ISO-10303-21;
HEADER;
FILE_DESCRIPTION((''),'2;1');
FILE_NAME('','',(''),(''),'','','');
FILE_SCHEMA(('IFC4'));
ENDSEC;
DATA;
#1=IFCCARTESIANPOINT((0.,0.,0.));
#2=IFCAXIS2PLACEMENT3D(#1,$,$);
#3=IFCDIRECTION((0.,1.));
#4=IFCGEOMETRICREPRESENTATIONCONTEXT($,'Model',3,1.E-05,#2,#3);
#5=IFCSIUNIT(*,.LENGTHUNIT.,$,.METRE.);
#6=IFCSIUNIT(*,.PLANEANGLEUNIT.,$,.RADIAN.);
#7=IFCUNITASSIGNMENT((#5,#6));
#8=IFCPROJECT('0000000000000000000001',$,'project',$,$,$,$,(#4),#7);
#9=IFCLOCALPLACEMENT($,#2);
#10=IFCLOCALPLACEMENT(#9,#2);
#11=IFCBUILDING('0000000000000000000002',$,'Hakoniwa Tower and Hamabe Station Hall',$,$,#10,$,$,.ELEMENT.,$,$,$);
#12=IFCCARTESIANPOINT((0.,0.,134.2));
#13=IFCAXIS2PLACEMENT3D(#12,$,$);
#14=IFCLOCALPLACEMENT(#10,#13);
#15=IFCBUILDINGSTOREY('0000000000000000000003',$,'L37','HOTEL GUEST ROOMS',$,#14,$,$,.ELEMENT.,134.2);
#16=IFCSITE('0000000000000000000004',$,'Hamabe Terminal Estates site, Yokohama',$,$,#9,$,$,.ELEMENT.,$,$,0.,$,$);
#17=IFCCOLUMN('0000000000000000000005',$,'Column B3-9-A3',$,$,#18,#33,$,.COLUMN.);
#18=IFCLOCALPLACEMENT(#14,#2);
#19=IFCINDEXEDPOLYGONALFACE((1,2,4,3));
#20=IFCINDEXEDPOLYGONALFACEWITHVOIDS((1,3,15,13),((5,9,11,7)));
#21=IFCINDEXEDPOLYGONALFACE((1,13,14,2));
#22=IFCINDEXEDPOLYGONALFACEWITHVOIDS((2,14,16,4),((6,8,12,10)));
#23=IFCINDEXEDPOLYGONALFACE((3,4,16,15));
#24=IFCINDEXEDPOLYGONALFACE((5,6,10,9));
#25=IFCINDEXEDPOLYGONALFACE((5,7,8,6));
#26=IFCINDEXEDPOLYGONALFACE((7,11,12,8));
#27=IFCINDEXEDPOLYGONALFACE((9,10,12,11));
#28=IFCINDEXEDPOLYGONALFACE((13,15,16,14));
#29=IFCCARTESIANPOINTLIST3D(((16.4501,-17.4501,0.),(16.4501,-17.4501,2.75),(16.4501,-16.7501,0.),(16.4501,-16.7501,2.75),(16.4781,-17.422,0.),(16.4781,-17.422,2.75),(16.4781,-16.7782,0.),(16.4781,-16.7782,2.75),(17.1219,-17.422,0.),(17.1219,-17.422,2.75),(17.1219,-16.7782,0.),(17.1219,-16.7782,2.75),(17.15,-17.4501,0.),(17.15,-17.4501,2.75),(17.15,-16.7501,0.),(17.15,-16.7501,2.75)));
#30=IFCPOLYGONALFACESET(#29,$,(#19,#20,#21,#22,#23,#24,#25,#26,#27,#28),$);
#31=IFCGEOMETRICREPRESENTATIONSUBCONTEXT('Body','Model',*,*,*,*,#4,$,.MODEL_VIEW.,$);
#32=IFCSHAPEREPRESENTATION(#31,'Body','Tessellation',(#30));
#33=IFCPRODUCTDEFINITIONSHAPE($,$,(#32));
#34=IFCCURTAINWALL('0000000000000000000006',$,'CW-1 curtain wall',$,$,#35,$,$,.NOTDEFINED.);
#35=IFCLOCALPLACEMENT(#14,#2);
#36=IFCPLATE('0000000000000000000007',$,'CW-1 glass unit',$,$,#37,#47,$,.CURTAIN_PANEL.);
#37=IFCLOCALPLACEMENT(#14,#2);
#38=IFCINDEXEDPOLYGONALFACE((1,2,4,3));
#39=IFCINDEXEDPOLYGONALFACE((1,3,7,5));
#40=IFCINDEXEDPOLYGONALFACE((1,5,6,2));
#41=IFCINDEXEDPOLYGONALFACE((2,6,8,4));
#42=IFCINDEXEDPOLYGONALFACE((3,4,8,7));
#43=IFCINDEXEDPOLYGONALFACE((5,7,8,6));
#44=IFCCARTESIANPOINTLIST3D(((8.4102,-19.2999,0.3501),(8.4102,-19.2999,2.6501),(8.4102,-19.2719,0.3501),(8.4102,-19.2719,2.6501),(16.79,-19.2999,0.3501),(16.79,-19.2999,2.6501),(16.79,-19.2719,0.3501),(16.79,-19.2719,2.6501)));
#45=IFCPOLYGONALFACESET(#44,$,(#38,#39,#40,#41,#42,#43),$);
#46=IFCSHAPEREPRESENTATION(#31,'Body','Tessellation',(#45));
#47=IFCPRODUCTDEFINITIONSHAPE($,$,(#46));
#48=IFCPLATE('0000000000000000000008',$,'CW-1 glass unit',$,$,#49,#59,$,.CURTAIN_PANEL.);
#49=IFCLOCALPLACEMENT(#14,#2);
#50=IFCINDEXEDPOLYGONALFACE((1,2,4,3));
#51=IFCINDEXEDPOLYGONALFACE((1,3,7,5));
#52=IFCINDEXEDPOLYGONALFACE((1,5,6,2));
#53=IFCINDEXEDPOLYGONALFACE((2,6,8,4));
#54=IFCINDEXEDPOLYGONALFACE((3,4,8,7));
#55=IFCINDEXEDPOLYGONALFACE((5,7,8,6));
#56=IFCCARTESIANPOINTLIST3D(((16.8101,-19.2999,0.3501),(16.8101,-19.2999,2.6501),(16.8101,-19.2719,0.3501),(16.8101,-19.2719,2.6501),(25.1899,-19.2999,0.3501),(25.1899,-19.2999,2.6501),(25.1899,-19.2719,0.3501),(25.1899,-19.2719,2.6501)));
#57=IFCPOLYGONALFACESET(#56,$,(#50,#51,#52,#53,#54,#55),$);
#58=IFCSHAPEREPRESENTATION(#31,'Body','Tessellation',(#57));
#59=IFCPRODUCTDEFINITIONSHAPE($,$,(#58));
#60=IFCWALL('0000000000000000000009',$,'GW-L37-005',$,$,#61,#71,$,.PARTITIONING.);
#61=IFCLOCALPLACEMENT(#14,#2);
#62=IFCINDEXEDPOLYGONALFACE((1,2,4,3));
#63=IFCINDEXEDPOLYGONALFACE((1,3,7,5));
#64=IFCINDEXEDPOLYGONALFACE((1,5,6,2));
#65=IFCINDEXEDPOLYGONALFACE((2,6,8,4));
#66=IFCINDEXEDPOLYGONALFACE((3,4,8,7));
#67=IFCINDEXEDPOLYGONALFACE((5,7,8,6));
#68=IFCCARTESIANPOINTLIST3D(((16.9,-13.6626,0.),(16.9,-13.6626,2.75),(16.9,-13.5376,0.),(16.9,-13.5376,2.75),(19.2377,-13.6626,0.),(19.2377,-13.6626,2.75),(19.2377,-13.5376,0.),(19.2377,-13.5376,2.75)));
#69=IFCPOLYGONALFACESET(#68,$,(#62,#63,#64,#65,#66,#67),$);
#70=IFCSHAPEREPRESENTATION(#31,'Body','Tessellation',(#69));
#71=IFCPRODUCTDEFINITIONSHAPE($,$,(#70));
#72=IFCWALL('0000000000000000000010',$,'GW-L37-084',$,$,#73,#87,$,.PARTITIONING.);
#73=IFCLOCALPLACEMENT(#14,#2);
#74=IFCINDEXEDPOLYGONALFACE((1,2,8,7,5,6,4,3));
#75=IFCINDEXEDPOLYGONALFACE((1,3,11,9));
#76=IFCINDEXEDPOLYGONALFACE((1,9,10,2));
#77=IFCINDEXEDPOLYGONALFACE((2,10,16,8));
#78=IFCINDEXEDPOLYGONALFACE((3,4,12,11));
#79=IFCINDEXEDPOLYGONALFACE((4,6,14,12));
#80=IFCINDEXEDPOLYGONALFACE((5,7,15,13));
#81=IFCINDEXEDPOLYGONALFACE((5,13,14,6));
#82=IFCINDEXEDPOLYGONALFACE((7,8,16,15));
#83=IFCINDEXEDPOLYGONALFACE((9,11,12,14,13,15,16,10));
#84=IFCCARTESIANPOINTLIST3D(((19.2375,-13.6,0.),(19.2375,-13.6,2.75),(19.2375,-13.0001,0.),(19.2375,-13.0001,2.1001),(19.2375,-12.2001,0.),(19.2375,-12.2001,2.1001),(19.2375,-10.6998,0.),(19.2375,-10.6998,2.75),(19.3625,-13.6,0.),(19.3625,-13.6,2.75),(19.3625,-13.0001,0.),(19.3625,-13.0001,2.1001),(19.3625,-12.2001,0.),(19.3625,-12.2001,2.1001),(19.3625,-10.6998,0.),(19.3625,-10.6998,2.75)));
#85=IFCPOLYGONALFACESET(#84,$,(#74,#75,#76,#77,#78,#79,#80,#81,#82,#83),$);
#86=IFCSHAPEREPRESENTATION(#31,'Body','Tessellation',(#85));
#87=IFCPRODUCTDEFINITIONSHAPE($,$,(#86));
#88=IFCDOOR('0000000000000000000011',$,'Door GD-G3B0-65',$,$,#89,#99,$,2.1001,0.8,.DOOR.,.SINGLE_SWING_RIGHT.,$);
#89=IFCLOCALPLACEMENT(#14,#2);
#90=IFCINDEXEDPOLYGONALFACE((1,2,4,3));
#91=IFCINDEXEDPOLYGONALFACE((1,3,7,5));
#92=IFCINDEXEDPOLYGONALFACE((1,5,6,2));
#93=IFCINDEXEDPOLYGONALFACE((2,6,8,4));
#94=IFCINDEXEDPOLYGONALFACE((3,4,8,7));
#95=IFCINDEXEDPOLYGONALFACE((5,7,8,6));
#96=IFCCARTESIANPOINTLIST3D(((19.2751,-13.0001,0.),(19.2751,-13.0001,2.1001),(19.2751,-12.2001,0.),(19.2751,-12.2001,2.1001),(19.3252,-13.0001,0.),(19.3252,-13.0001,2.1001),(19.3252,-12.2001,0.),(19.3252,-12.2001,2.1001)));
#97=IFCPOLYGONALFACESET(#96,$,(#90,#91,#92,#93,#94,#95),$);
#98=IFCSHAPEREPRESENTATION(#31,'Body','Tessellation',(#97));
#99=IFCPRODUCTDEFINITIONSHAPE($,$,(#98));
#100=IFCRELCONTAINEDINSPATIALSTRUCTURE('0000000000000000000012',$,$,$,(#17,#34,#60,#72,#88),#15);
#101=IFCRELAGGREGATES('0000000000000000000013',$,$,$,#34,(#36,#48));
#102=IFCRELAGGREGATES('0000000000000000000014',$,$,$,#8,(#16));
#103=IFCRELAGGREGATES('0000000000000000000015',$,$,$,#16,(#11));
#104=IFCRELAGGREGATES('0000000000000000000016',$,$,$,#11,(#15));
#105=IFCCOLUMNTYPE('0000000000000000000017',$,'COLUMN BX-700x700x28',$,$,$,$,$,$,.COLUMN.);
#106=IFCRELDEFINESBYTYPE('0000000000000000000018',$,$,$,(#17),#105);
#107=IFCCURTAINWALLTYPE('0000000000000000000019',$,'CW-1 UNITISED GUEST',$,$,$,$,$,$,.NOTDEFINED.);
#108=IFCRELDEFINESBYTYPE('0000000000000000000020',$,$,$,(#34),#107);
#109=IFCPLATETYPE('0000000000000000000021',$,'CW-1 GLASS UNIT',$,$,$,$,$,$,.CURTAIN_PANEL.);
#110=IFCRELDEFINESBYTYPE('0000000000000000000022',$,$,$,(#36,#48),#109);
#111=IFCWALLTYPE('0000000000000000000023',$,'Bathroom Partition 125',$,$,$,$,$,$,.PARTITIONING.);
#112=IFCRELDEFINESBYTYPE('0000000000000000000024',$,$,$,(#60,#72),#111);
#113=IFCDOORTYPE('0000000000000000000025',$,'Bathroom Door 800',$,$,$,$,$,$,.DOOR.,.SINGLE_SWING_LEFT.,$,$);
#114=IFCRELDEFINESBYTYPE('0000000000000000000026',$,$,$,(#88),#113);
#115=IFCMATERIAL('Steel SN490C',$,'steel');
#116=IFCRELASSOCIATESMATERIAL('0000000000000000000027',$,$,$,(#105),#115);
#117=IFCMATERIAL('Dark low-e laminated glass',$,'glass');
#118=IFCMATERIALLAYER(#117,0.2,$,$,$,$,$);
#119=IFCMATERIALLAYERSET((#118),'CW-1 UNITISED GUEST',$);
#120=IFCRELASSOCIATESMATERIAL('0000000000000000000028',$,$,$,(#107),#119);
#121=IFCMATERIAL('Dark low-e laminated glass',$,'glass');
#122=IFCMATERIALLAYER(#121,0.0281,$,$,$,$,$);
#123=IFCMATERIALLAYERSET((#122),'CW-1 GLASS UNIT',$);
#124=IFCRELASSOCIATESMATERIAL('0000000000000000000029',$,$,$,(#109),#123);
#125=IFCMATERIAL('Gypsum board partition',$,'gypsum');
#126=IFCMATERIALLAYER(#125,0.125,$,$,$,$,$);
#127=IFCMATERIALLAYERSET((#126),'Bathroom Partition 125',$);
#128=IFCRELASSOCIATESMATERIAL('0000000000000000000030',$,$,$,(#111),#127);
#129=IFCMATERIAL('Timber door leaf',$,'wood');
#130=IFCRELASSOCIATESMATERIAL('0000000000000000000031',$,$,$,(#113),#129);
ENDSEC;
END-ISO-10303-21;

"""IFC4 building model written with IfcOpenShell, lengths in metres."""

from ifc_helpers import new_model, si_unit, direction, frame, frame_2d, origin, origin_2d, place, context, subcontext, project, spatial, rectangle, hollow_rectangle, extrude, material, layer, layer_set, material_profile, profile_set, type_object, element, fill, aggregate, save


model = new_model("IFC4")

# Units and contexts
model_context = context("Model", 3, precision=1e-05, world=origin(), true_north=direction((0.0, 1.0)))
body_context = subcontext(model_context, "Body", "Model", "MODEL_VIEW")
ifc_project = project(units=[si_unit("LENGTHUNIT", "METRE"), si_unit("PLANEANGLEUNIT", "RADIAN")], contexts=[model_context])

# Site, building, storey
site_placement = place(None, origin())
site = spatial("IfcSite", under=ifc_project, at=site_placement, Name="Hamabe Terminal Estates site, Yokohama", CompositionType="ELEMENT", RefElevation=0.0)
building_placement = place(site_placement, origin())
building = spatial("IfcBuilding", under=site, at=building_placement, Name="Hakoniwa Tower and Hamabe Station Hall", CompositionType="ELEMENT")
storey_placement = place(building_placement, frame((0.0, 0.0, 134.2)))
storey = spatial("IfcBuildingStorey", under=building, at=storey_placement, Name="L37", Description="HOTEL GUEST ROOMS", CompositionType="ELEMENT", Elevation=134.2)

# Column
ifc_material_1 = material(Name="Steel SN490C", Category="steel")
ifc_material_profile = material_profile(ifc_material_1, hollow_rectangle(XDim=0.7, YDim=0.7, WallThickness=0.0281, at=origin_2d()), Name="BX-700x700x28")
ifc_profile_set = profile_set([ifc_material_profile], Name="Steel SN490C")
column_type = type_object("IfcColumnType", Name="COLUMN BX-700x700x28", PredefinedType="COLUMN", material=ifc_profile_set)
column_placement = place(storey_placement, frame((16.8, -17.1001, 0.0), z_axis=(0.0, 0.0, 1.0), x_axis=(1.0, 0.0, 0.0)))
element("IfcColumn", 1, at=column_placement, inside=storey, type_object=column_type, Name="Column B3-9-A3", PredefinedType="COLUMN", context=body_context, shape_type="SweptSolid", body=[
    extrude(hollow_rectangle(XDim=0.7, YDim=0.7, WallThickness=0.0281, at=origin_2d()), origin(), (0.0, 0.0, 1.0), 2.75),
])

# Curtain wall, plates
ifc_material_2 = material(Name="Dark low-e laminated glass", Category="glass")
ifc_layer_1 = layer(ifc_material_2, 0.2)
ifc_layer_set_1 = layer_set([ifc_layer_1], Name="CW-1 UNITISED GUEST")
curtain_wall_type = type_object("IfcCurtainWallType", Name="CW-1 UNITISED GUEST", PredefinedType="NOTDEFINED", material=ifc_layer_set_1)
curtain_wall_placement = place(storey_placement, origin())
curtain_wall = element("IfcCurtainWall", 2, at=curtain_wall_placement, inside=storey, type_object=curtain_wall_type, Name="CW-1 curtain wall", PredefinedType="NOTDEFINED")
ifc_material_3 = material(Name="Dark low-e laminated glass", Category="glass")
ifc_layer_2 = layer(ifc_material_3, 0.0281)
ifc_layer_set_2 = layer_set([ifc_layer_2], Name="CW-1 GLASS UNIT")
plate_type = type_object("IfcPlateType", Name="CW-1 GLASS UNIT", PredefinedType="CURTAIN_PANEL", material=ifc_layer_set_2)
plate_1_placement = place(storey_placement, frame((12.6001, -19.2859, 0.3501), z_axis=(0.0, 0.0, 1.0), x_axis=(1.0, 0.0, 0.0)))
plate_1 = element("IfcPlate", 3, at=plate_1_placement, type_object=plate_type, Name="CW-1 glass unit", PredefinedType="CURTAIN_PANEL", context=body_context, shape_type="SweptSolid", body=[
    extrude(rectangle(XDim=8.3799, YDim=0.0281, at=origin_2d()), origin(), (0.0, 0.0, 1.0), 2.3),
])
plate_2_placement = place(storey_placement, frame((21.0, -19.2859, 0.3501), z_axis=(0.0, 0.0, 1.0), x_axis=(1.0, 0.0, 0.0)))
plate_2 = element("IfcPlate", 4, at=plate_2_placement, type_object=plate_type, Name="CW-1 glass unit", PredefinedType="CURTAIN_PANEL", context=body_context, shape_type="SweptSolid", body=[
    extrude(rectangle(XDim=8.3799, YDim=0.0281, at=origin_2d()), origin(), (0.0, 0.0, 1.0), 2.3),
])
aggregate(curtain_wall, [plate_1, plate_2])

# Wall
ifc_material_4 = material(Name="Gypsum board partition", Category="gypsum")
ifc_layer_3 = layer(ifc_material_4, 0.125)
ifc_layer_set_3 = layer_set([ifc_layer_3], Name="Bathroom Partition 125")
wall_type_1 = type_object("IfcWallType", Name="Bathroom Partition 125", PredefinedType="PARTITIONING", material=ifc_layer_set_3)
wall_1_placement = place(storey_placement, frame((16.8999, -13.6001, 0.0), z_axis=(0.0, 0.0, 1.0), x_axis=(1.0, 0.0, 0.0)))
element("IfcWall", 5, at=wall_1_placement, inside=storey, type_object=wall_type_1, Name="GW-L37-005", PredefinedType="PARTITIONING", context=body_context, shape_type="SweptSolid", body=[
    extrude(rectangle(XDim=2.3376, YDim=0.125, at=frame_2d((1.1689, 0.0))), origin(), (0.0, 0.0, 1.0), 2.75),
])

# Wall, opening, door
wall_2_placement = place(storey_placement, frame((19.3, -13.6001, 0.0), z_axis=(0.0, 0.0, 1.0), x_axis=(0.0, 1.0, 0.0)))
wall_2 = element("IfcWall", 6, at=wall_2_placement, inside=storey, type_object=wall_type_1, Name="GW-L37-084", PredefinedType="PARTITIONING", context=body_context, shape_type="SweptSolid", body=[
    extrude(rectangle(XDim=2.9001, YDim=0.125, at=frame_2d((1.4502, 0.0))), origin(), (0.0, 0.0, 1.0), 2.75),
])
opening_1_placement = place(wall_2_placement, frame((0.6001, 0.0, 0.0)))
opening_1 = element("IfcOpeningElement", 7, at=opening_1_placement, cuts=wall_2, PredefinedType="OPENING", context=body_context, shape_type="SweptSolid", body=[
    extrude(rectangle(XDim=0.8, YDim=2.1001, at=frame_2d((0.3999, 1.05))), frame((0.0, 0.0725, 0.0), z_axis=(0.0, -1.0, 0.0), x_axis=(1.0, 0.0, 0.0)), (0.0, 0.0, 1.0), 0.145),
])
ifc_material_5 = material(Name="Timber door leaf", Category="wood")
door_type_1 = type_object("IfcDoorType", Name="Bathroom Door 800", OperationType="SINGLE_SWING_LEFT", PredefinedType="DOOR", material=ifc_material_5)
door_1_placement = place(opening_1_placement, origin())
door_1 = element("IfcDoor", 8, at=door_1_placement, inside=storey, type_object=door_type_1, Name="Door GD-G3B0-65", OperationType="SINGLE_SWING_RIGHT", OverallHeight=2.1001, OverallWidth=0.8, PredefinedType="DOOR", context=body_context, shape_type="SweptSolid", body=[
    extrude(rectangle(XDim=0.8, YDim=2.1001, at=frame_2d((0.3999, 1.05))), frame((0.0, 0.0249, 0.0), z_axis=(0.0, -1.0, 0.0), x_axis=(1.0, 0.0, 0.0)), (0.0, 0.0, 1.0), 0.05),
])
fill(opening_1, door_1)

save(model, "model.ifc")
